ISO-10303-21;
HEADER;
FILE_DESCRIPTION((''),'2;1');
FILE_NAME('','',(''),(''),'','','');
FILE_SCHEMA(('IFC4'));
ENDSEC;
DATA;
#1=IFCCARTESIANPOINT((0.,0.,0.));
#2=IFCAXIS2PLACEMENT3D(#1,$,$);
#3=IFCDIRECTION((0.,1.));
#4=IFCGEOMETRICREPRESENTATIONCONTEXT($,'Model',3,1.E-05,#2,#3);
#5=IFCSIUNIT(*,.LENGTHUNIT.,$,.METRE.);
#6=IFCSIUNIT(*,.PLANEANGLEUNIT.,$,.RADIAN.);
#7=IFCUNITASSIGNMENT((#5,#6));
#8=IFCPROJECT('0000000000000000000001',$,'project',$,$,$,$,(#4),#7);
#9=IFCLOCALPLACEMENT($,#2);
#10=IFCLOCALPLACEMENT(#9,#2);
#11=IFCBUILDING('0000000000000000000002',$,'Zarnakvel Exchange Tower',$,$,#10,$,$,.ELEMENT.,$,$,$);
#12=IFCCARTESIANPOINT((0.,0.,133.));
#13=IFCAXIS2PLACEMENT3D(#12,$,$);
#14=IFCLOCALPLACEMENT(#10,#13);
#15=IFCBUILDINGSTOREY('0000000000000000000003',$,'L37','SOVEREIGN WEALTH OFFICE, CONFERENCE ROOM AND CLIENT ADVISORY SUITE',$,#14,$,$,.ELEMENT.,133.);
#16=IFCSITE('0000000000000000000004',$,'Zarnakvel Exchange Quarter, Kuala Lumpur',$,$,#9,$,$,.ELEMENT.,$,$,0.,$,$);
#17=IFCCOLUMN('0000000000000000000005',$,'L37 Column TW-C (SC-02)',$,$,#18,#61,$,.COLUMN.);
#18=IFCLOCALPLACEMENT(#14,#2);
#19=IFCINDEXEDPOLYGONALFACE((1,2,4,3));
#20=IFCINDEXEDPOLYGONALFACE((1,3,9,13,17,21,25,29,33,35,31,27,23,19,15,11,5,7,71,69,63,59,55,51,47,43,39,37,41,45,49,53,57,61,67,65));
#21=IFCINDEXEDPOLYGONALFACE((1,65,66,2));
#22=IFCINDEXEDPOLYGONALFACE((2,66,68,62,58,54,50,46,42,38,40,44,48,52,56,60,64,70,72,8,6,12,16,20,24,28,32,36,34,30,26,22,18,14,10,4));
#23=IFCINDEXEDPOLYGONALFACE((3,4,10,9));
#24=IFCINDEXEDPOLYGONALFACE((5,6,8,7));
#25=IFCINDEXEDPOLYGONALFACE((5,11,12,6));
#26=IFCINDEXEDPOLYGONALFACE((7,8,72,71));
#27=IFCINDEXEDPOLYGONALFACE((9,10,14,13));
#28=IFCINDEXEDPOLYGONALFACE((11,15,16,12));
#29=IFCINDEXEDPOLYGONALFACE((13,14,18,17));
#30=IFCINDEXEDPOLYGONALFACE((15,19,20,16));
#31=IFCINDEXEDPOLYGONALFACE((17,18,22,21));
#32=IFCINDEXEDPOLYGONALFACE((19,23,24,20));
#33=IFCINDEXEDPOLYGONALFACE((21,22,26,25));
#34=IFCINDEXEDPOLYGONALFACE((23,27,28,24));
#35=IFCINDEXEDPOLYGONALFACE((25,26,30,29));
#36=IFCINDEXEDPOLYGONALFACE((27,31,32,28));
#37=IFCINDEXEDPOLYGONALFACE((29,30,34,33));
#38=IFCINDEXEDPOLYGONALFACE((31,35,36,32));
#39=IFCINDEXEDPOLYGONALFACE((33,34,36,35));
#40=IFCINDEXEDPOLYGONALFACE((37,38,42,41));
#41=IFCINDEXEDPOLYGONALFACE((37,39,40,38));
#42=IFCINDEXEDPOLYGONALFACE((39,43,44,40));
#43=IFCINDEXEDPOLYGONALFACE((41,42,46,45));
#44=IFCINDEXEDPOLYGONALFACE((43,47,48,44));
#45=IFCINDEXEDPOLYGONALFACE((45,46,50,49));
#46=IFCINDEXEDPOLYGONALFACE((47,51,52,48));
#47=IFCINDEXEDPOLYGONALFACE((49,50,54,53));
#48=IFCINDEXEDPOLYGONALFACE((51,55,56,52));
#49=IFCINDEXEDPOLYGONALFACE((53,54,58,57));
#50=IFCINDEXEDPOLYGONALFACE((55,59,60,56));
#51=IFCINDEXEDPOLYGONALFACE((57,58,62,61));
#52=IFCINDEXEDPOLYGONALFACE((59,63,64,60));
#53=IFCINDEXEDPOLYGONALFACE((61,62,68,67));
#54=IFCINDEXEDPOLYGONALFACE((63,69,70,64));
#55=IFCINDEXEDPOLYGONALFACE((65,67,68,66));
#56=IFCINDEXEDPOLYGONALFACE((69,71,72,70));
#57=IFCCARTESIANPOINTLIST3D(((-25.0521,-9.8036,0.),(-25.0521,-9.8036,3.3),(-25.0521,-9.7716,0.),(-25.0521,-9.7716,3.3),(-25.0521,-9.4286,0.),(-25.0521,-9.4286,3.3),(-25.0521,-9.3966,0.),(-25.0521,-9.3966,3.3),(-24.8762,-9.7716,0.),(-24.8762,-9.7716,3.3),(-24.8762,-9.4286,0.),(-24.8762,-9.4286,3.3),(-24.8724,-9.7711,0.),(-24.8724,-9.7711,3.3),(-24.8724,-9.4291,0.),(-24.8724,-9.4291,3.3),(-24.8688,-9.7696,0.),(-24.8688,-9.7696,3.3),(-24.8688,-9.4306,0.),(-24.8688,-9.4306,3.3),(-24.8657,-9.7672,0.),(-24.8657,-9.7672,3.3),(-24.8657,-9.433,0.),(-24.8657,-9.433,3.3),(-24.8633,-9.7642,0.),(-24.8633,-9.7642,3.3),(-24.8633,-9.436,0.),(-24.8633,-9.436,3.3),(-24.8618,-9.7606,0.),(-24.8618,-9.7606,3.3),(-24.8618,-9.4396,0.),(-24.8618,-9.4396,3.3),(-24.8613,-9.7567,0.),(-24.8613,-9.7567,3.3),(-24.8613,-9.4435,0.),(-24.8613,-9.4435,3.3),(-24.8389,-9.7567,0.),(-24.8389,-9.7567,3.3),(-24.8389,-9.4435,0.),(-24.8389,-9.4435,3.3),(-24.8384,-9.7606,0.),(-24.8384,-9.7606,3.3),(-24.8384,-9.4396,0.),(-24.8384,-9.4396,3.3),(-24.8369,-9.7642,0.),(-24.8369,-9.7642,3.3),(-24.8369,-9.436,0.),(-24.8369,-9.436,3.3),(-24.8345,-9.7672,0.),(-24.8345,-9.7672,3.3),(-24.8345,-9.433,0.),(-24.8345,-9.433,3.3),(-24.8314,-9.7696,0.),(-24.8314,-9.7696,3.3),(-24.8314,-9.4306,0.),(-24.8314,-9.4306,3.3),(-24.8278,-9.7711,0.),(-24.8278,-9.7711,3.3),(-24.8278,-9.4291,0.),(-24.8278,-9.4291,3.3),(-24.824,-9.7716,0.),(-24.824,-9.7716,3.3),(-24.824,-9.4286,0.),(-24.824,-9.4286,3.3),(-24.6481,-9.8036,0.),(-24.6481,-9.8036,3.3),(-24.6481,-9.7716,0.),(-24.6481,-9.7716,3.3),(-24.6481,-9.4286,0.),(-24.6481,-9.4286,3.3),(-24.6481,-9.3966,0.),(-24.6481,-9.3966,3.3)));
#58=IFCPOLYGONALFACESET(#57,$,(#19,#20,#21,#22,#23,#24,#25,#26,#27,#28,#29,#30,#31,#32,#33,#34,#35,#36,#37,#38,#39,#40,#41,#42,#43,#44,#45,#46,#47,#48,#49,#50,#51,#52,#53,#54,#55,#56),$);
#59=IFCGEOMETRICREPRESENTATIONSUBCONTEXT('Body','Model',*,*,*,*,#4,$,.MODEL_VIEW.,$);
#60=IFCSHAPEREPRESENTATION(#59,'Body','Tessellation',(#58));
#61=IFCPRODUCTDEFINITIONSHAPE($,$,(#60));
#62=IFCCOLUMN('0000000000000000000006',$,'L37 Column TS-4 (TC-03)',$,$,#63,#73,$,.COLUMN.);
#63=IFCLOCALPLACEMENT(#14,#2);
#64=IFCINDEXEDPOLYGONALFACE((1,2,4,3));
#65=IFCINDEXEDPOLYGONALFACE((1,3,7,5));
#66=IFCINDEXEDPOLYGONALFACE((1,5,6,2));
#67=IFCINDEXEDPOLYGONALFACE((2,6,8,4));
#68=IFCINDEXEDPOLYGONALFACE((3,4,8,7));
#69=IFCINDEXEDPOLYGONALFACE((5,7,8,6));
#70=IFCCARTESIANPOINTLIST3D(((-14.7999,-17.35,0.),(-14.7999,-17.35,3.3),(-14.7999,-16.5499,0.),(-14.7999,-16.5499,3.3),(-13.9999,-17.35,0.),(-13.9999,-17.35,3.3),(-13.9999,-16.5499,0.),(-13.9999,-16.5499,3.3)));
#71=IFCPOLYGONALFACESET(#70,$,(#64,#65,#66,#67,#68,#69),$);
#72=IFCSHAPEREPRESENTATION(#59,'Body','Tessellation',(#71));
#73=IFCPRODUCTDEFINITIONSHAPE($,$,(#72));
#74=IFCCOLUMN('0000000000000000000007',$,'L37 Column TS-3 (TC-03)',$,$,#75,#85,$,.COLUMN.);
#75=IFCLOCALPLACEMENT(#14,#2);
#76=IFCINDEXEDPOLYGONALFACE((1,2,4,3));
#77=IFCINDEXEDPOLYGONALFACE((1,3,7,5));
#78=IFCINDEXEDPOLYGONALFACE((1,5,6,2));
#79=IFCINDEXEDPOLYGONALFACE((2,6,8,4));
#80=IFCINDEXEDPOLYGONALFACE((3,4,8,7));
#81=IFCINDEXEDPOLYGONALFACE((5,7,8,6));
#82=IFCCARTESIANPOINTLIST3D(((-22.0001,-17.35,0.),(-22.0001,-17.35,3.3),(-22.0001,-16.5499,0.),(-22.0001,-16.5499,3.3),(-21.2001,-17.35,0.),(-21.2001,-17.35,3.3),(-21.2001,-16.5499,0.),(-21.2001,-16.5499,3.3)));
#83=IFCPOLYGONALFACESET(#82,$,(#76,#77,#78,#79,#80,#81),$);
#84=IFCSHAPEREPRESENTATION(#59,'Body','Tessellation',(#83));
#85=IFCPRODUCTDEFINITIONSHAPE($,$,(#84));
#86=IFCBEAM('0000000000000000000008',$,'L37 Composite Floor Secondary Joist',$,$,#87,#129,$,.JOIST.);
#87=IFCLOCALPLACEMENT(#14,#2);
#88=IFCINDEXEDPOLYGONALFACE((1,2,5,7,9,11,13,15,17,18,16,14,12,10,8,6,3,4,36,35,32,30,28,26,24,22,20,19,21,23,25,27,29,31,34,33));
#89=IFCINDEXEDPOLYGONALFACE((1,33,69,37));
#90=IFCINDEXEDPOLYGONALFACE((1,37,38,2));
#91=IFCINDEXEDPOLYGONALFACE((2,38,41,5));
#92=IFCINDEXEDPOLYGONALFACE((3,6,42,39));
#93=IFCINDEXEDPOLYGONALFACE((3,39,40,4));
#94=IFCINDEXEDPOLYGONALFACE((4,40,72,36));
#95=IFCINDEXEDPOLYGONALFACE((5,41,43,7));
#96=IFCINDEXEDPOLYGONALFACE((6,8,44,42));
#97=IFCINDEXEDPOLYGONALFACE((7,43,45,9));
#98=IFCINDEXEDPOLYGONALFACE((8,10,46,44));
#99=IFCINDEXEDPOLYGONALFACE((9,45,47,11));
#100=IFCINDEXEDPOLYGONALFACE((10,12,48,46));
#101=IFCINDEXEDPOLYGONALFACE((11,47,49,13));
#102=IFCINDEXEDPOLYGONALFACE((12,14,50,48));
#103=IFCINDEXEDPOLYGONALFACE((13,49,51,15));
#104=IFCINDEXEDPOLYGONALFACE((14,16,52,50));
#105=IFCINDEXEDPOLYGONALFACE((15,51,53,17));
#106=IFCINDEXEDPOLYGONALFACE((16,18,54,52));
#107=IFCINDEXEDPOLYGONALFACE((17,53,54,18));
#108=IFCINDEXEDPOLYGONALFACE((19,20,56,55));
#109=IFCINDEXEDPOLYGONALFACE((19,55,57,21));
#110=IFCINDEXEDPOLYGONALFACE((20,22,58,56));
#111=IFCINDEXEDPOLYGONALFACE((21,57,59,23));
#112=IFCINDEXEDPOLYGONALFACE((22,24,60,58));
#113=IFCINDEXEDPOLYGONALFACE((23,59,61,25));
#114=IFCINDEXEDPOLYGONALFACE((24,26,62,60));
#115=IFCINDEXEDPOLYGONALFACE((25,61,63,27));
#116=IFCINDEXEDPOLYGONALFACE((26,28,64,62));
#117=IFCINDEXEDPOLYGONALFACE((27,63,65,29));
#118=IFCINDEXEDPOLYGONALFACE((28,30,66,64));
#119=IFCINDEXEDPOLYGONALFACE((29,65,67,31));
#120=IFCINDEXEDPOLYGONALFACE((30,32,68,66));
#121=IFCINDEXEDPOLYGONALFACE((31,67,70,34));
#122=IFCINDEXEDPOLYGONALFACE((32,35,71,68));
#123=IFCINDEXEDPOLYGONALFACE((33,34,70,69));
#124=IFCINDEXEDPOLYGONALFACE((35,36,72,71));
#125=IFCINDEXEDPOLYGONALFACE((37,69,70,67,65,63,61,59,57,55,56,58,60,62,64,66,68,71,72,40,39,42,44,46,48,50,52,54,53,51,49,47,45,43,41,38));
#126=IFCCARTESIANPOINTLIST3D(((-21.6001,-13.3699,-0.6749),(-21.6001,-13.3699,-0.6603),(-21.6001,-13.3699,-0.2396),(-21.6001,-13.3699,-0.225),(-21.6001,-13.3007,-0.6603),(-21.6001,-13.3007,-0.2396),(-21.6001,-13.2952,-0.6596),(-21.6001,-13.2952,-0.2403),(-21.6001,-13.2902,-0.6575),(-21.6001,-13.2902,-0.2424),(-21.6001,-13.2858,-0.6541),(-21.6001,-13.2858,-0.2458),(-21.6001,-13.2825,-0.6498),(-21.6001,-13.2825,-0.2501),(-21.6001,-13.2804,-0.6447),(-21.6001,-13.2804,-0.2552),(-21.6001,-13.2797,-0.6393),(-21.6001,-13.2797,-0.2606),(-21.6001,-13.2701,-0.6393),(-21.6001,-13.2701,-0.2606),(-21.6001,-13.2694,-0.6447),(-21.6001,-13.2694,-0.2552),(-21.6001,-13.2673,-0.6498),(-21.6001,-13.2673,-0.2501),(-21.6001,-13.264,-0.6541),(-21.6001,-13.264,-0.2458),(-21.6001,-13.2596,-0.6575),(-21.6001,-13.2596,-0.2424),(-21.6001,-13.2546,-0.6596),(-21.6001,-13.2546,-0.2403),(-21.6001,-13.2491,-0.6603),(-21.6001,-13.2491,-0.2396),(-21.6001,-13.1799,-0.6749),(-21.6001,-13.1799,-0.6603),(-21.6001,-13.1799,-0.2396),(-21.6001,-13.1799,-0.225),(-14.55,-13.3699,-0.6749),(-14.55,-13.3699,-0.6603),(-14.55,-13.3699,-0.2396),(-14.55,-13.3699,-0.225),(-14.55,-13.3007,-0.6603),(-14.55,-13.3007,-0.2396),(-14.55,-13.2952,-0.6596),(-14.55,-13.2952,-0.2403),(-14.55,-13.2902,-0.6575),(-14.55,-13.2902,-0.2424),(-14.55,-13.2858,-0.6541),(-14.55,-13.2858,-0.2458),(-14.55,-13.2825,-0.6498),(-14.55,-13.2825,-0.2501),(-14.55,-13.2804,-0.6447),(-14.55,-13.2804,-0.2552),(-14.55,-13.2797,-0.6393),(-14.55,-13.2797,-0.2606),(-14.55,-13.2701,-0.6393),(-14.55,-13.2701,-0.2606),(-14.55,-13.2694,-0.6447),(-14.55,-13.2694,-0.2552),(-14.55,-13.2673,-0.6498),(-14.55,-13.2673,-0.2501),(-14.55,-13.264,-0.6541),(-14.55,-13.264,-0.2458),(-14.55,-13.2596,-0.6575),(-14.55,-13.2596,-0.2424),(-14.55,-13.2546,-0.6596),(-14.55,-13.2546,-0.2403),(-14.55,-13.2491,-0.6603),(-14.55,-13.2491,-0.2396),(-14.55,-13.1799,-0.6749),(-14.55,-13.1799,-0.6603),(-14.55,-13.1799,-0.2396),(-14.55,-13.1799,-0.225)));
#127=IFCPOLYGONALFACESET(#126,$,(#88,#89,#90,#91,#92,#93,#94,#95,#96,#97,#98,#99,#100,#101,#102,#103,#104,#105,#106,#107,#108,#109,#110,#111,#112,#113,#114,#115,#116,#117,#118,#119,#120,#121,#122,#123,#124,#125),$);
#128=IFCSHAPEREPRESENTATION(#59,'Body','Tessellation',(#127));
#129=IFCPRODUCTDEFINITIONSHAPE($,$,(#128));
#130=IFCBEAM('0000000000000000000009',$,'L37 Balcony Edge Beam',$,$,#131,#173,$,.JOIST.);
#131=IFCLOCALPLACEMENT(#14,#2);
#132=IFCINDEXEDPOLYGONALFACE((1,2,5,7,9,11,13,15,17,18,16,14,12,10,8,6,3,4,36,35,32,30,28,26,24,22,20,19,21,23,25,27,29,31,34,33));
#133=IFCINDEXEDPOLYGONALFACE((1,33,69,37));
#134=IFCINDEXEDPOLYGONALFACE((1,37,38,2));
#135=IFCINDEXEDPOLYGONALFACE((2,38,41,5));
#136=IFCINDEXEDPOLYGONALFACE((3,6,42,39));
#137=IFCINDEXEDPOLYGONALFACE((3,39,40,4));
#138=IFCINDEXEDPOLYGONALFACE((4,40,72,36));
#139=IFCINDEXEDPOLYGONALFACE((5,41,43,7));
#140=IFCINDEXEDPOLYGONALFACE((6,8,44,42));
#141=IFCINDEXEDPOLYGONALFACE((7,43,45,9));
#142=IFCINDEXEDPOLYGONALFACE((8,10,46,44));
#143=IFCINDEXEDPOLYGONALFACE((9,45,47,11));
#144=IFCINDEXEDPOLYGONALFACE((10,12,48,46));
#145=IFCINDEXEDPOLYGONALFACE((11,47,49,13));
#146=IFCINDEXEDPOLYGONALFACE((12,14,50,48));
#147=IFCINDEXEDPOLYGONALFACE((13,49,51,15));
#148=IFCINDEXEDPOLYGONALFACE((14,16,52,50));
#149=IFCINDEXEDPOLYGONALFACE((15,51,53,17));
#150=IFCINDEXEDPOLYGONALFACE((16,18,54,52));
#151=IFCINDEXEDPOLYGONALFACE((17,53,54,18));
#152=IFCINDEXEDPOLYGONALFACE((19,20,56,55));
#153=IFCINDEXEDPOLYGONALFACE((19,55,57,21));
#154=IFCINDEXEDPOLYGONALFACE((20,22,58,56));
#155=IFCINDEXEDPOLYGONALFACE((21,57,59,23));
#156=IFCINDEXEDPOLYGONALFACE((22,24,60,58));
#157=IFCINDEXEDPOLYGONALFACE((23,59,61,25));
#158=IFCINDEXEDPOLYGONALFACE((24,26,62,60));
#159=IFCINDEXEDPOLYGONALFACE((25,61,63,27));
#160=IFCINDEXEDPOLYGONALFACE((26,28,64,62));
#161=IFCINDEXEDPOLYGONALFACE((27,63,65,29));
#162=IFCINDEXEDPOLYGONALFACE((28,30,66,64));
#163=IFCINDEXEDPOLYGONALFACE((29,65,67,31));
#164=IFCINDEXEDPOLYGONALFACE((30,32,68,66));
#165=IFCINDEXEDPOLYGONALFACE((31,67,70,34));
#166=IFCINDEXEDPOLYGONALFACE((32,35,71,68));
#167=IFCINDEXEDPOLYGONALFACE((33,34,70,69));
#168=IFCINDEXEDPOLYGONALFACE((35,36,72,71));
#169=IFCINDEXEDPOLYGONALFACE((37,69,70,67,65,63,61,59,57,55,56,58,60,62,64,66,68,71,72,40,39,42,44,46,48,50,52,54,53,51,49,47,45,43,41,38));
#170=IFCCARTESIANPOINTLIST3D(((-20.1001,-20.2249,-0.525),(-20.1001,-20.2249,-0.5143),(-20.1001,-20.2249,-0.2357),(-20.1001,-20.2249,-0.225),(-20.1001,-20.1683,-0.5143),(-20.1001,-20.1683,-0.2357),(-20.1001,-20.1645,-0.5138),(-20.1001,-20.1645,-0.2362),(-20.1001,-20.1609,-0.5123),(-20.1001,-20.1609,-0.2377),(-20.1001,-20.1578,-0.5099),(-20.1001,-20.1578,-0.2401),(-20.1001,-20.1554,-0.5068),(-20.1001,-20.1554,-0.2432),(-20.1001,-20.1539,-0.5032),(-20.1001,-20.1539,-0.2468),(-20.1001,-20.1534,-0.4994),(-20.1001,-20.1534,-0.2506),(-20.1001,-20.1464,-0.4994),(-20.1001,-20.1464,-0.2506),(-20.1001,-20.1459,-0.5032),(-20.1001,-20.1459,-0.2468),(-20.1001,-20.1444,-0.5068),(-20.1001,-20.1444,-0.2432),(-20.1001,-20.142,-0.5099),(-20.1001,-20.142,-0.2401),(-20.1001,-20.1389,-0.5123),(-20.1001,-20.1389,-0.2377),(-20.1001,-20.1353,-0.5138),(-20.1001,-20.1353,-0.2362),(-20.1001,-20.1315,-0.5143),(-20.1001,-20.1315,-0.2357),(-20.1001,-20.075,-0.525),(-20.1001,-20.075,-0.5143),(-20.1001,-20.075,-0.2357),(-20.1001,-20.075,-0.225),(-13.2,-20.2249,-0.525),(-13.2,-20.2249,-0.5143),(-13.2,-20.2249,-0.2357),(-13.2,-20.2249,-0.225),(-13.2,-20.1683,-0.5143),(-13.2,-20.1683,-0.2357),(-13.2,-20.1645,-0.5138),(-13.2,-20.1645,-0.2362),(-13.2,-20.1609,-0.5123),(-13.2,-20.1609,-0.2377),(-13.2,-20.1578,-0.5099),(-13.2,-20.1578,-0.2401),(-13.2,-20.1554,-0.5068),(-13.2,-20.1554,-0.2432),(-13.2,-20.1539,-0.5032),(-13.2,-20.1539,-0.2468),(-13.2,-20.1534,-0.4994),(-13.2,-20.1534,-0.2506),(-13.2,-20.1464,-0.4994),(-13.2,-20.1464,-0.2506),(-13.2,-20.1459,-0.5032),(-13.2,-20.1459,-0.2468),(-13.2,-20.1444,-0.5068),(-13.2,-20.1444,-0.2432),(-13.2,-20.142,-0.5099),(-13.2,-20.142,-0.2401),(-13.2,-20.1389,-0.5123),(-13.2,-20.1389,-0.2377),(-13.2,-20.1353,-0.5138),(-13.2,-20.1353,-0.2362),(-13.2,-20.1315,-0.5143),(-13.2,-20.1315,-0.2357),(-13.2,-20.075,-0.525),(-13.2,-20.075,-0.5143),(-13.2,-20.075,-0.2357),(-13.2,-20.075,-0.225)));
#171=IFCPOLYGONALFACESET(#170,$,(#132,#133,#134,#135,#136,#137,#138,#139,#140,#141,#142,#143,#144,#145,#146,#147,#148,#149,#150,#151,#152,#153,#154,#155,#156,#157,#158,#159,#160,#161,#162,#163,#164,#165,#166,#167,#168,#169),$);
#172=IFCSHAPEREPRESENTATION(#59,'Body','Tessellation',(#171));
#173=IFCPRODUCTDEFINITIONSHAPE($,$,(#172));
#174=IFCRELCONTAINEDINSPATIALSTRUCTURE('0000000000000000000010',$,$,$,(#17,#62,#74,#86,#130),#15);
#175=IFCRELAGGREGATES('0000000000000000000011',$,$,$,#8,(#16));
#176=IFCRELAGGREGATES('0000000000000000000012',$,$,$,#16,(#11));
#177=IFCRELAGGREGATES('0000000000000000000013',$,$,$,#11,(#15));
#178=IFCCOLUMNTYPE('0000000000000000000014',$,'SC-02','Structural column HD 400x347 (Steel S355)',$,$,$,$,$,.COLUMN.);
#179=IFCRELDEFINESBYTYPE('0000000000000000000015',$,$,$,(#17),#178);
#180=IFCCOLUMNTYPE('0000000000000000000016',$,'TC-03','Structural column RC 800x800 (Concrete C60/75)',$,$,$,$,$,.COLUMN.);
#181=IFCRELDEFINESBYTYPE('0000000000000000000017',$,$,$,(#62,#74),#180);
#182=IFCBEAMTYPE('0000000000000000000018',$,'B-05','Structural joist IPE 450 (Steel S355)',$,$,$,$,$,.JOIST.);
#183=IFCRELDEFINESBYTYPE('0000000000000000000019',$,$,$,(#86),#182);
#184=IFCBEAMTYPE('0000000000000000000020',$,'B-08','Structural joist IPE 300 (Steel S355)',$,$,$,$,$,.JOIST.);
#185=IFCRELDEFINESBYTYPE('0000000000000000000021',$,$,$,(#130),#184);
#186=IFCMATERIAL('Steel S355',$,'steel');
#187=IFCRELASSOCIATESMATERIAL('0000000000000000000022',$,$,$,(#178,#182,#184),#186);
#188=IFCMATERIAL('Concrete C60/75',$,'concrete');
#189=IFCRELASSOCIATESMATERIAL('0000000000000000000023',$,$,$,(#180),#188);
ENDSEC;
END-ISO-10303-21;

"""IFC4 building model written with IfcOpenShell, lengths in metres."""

from ifc_helpers import new_model, si_unit, direction, frame, origin, origin_2d, place, context, subcontext, project, spatial, rectangle, i_section, extrude, material, material_profile, profile_set, type_object, element, save


model = new_model("IFC4")

# Units and contexts
model_context = context("Model", 3, precision=1e-05, world=origin(), true_north=direction((0.0, 1.0)))
body_context = subcontext(model_context, "Body", "Model", "MODEL_VIEW")
ifc_project = project(units=[si_unit("LENGTHUNIT", "METRE"), si_unit("PLANEANGLEUNIT", "RADIAN")], contexts=[model_context])

# Site, building, storey
site_placement = place(None, origin())
site = spatial("IfcSite", under=ifc_project, at=site_placement, Name="Zarnakvel Exchange Quarter, Kuala Lumpur", CompositionType="ELEMENT", RefElevation=0.0)
building_placement = place(site_placement, origin())
building = spatial("IfcBuilding", under=site, at=building_placement, Name="Zarnakvel Exchange Tower", CompositionType="ELEMENT")
storey_placement = place(building_placement, frame((0.0, 0.0, 133.0)))
storey = spatial("IfcBuildingStorey", under=building, at=storey_placement, Name="L37", Description="SOVEREIGN WEALTH OFFICE, CONFERENCE ROOM AND CLIENT ADVISORY SUITE", CompositionType="ELEMENT", Elevation=133.0)

# Columns
ifc_material_1 = material(Name="Steel S355", Category="steel")
ifc_material_profile_1 = material_profile(ifc_material_1, i_section(OverallWidth=0.4041, OverallDepth=0.407, WebThickness=0.0225, FlangeThickness=0.032, FilletRadius=0.0149, at=origin_2d()))
ifc_profile_set_1 = profile_set([ifc_material_profile_1], Name="Steel S355")
column_type_1 = type_object("IfcColumnType", Name="SC-02", Description="Structural column HD 400x347 (Steel S355)", PredefinedType="COLUMN", material=ifc_profile_set_1)
column_placement = place(storey_placement, frame((-24.8501, -9.6001, 0.0), z_axis=(0.0, 0.0, 1.0), x_axis=(1.0, 0.0, 0.0)))
element("IfcColumn", 1, at=column_placement, inside=storey, type_object=column_type_1, Name="L37 Column TW-C (SC-02)", PredefinedType="COLUMN", context=body_context, shape_type="SweptSolid", body=[
    extrude(i_section(OverallWidth=0.4041, OverallDepth=0.407, WebThickness=0.0225, FlangeThickness=0.032, FilletRadius=0.0149, at=origin_2d()), origin(), (0.0, 0.0, 1.0), 3.3),
])
ifc_material_2 = material(Name="Concrete C60/75", Category="concrete")
ifc_material_profile_2 = material_profile(ifc_material_2, rectangle(XDim=0.8, YDim=0.8, at=origin_2d()))
ifc_profile_set_2 = profile_set([ifc_material_profile_2], Name="Concrete C60/75")
column_type_2 = type_object("IfcColumnType", Name="TC-03", Description="Structural column RC 800x800 (Concrete C60/75)", PredefinedType="COLUMN", material=ifc_profile_set_2)
for number, where, z_axis, x_axis, name in (
    (2, (-14.3999, -16.95, 0.0), (0.0, 0.0, 1.0), (1.0, 0.0, 0.0), "L37 Column TS-4 (TC-03)"),
    (3, (-21.6001, -16.95, 0.0), (0.0, 0.0, 1.0), (1.0, 0.0, 0.0), "L37 Column TS-3 (TC-03)"),
):
    element("IfcColumn", number, at=place(storey_placement, frame(where, z_axis=z_axis, x_axis=x_axis)), inside=storey, type_object=column_type_2, Name=name, PredefinedType="COLUMN", context=body_context, shape_type="SweptSolid", body=[
        extrude(rectangle(XDim=0.8, YDim=0.8, at=origin_2d()), origin(), (0.0, 0.0, 1.0), 3.3),
    ])

# Beams
ifc_material_profile_3 = material_profile(ifc_material_1, i_section(OverallWidth=0.1899, OverallDepth=0.45, WebThickness=0.0095, FlangeThickness=0.0146, FilletRadius=0.021, at=origin_2d()))
ifc_profile_set_3 = profile_set([ifc_material_profile_3], Name="Steel S355")
beam_type_1 = type_object("IfcBeamType", Name="B-05", Description="Structural joist IPE 450 (Steel S355)", PredefinedType="JOIST", material=ifc_profile_set_3)
beam_1_placement = place(storey_placement, frame((-21.6001, -13.2749, -0.45), z_axis=(1.0, 0.0, 0.0), x_axis=(0.0, 1.0, 0.0)))
element("IfcBeam", 4, at=beam_1_placement, inside=storey, type_object=beam_type_1, Name="L37 Composite Floor Secondary Joist", PredefinedType="JOIST", context=body_context, shape_type="SweptSolid", body=[
    extrude(i_section(OverallWidth=0.1899, OverallDepth=0.45, WebThickness=0.0095, FlangeThickness=0.0146, FilletRadius=0.021, at=origin_2d()), origin(), (0.0, 0.0, 1.0), 7.05),
])
ifc_material_profile_4 = material_profile(ifc_material_1, i_section(OverallWidth=0.1499, OverallDepth=0.3, WebThickness=0.0071, FlangeThickness=0.0107, FilletRadius=0.0149, at=origin_2d()))
ifc_profile_set_4 = profile_set([ifc_material_profile_4], Name="Steel S355")
beam_type_2 = type_object("IfcBeamType", Name="B-08", Description="Structural joist IPE 300 (Steel S355)", PredefinedType="JOIST", material=ifc_profile_set_4)
beam_2_placement = place(storey_placement, frame((-20.1001, -20.1499, -0.375), z_axis=(1.0, 0.0, 0.0), x_axis=(0.0, 1.0, 0.0)))
element("IfcBeam", 5, at=beam_2_placement, inside=storey, type_object=beam_type_2, Name="L37 Balcony Edge Beam", PredefinedType="JOIST", context=body_context, shape_type="SweptSolid", body=[
    extrude(i_section(OverallWidth=0.1499, OverallDepth=0.3, WebThickness=0.0071, FlangeThickness=0.0107, FilletRadius=0.0149, at=origin_2d()), origin(), (0.0, 0.0, 1.0), 6.9001),
])

save(model, "model.ifc")
